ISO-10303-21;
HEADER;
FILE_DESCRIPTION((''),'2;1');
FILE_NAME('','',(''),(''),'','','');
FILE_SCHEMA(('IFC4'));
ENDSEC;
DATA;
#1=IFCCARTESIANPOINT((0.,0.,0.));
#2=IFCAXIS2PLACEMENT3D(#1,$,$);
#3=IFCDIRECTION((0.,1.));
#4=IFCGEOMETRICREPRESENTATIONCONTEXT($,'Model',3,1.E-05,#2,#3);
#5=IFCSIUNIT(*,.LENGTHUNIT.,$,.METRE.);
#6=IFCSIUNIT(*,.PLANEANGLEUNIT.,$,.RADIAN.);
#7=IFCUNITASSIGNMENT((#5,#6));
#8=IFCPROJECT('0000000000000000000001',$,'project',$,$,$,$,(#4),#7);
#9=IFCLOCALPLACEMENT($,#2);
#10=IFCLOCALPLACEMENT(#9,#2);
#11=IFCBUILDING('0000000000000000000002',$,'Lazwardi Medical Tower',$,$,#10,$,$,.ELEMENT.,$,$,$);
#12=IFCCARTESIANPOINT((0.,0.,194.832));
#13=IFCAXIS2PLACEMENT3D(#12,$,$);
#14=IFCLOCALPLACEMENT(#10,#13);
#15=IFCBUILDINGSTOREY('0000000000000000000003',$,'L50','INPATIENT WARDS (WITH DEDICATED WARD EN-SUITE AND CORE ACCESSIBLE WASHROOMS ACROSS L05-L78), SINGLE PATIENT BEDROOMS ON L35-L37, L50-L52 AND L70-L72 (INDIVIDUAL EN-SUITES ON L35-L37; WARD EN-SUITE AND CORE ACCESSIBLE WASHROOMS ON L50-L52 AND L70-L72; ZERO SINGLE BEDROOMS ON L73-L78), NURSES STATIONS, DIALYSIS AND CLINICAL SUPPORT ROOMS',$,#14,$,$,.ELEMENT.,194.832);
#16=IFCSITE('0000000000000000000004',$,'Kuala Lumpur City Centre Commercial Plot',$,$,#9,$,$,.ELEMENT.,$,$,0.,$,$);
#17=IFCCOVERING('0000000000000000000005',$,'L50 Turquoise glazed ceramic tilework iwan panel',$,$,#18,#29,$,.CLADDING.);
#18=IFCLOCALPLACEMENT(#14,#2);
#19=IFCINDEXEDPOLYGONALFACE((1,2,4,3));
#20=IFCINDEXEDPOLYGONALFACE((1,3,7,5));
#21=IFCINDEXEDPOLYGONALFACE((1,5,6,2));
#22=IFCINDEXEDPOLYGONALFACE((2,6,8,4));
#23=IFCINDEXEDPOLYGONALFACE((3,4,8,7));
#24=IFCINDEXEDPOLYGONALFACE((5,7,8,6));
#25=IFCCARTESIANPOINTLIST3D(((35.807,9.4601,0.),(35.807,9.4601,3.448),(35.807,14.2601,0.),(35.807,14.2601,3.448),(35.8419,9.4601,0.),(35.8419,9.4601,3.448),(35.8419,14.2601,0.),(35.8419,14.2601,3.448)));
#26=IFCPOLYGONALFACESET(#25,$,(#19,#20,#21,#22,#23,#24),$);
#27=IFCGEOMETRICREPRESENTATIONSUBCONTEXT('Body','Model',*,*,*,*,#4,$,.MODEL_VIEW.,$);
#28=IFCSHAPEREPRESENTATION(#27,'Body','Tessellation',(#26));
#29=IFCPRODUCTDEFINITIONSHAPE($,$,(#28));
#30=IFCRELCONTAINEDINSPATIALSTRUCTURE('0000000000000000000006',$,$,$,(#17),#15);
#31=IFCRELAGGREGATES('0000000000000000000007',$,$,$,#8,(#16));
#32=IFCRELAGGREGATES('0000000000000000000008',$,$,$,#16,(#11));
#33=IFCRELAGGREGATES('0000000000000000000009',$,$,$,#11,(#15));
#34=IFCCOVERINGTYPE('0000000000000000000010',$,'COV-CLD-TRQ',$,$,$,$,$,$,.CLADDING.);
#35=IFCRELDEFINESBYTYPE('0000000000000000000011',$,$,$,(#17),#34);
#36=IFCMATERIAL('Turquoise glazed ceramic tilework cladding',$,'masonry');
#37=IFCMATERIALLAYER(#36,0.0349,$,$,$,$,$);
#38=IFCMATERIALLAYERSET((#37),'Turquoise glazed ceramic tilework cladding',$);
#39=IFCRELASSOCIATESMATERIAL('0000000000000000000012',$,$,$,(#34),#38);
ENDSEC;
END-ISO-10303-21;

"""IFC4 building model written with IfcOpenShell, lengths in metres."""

from ifc_helpers import new_model, si_unit, direction, frame, origin, origin_2d, place, context, subcontext, project, spatial, rectangle, extrude, material, layer, layer_set, type_object, element, save


model = new_model("IFC4")

# Units and contexts
model_context = context("Model", 3, precision=1e-05, world=origin(), true_north=direction((0.0, 1.0)))
body_context = subcontext(model_context, "Body", "Model", "MODEL_VIEW")
ifc_project = project(units=[si_unit("LENGTHUNIT", "METRE"), si_unit("PLANEANGLEUNIT", "RADIAN")], contexts=[model_context])

# Site, building, storey
site_placement = place(None, origin())
site = spatial("IfcSite", under=ifc_project, at=site_placement, Name="Kuala Lumpur City Centre Commercial Plot", CompositionType="ELEMENT", RefElevation=0.0)
building_placement = place(site_placement, origin())
building = spatial("IfcBuilding", under=site, at=building_placement, Name="Lazwardi Medical Tower", CompositionType="ELEMENT")
storey_placement = place(building_placement, frame((0.0, 0.0, 194.832)))
storey = spatial("IfcBuildingStorey", under=building, at=storey_placement, Name="L50", Description="INPATIENT WARDS (WITH DEDICATED WARD EN-SUITE AND CORE ACCESSIBLE WASHROOMS ACROSS L05-L78), SINGLE PATIENT BEDROOMS ON L35-L37, L50-L52 AND L70-L72 (INDIVIDUAL EN-SUITES ON L35-L37; WARD EN-SUITE AND CORE ACCESSIBLE WASHROOMS ON L50-L52 AND L70-L72; ZERO SINGLE BEDROOMS ON L73-L78), NURSES STATIONS, DIALYSIS AND CLINICAL SUPPORT ROOMS", CompositionType="ELEMENT", Elevation=194.832)

# Covering
ifc_material_1 = material(Name="Turquoise glazed ceramic tilework cladding", Category="masonry")
ifc_layer_1 = layer(ifc_material_1, 0.0349)
ifc_layer_set_1 = layer_set([ifc_layer_1], Name="Turquoise glazed ceramic tilework cladding")
covering_type_1 = type_object("IfcCoveringType", Name="COV-CLD-TRQ", PredefinedType="CLADDING", material=ifc_layer_set_1)
covering_1_placement = place(storey_placement, frame((35.8245, 11.8601, 0.0), z_axis=(0.0, 0.0, 1.0), x_axis=(0.0, 1.0, 0.0)))
element("IfcCovering", 1, at=covering_1_placement, inside=storey, type_object=covering_type_1, Name="L50 Turquoise glazed ceramic tilework iwan panel", PredefinedType="CLADDING", context=body_context, shape_type="SweptSolid", body=[
    extrude(rectangle(XDim=4.8, YDim=0.0349, at=origin_2d()), origin(), (0.0, 0.0, 1.0), 3.448),
])

save(model, "model.ifc")
